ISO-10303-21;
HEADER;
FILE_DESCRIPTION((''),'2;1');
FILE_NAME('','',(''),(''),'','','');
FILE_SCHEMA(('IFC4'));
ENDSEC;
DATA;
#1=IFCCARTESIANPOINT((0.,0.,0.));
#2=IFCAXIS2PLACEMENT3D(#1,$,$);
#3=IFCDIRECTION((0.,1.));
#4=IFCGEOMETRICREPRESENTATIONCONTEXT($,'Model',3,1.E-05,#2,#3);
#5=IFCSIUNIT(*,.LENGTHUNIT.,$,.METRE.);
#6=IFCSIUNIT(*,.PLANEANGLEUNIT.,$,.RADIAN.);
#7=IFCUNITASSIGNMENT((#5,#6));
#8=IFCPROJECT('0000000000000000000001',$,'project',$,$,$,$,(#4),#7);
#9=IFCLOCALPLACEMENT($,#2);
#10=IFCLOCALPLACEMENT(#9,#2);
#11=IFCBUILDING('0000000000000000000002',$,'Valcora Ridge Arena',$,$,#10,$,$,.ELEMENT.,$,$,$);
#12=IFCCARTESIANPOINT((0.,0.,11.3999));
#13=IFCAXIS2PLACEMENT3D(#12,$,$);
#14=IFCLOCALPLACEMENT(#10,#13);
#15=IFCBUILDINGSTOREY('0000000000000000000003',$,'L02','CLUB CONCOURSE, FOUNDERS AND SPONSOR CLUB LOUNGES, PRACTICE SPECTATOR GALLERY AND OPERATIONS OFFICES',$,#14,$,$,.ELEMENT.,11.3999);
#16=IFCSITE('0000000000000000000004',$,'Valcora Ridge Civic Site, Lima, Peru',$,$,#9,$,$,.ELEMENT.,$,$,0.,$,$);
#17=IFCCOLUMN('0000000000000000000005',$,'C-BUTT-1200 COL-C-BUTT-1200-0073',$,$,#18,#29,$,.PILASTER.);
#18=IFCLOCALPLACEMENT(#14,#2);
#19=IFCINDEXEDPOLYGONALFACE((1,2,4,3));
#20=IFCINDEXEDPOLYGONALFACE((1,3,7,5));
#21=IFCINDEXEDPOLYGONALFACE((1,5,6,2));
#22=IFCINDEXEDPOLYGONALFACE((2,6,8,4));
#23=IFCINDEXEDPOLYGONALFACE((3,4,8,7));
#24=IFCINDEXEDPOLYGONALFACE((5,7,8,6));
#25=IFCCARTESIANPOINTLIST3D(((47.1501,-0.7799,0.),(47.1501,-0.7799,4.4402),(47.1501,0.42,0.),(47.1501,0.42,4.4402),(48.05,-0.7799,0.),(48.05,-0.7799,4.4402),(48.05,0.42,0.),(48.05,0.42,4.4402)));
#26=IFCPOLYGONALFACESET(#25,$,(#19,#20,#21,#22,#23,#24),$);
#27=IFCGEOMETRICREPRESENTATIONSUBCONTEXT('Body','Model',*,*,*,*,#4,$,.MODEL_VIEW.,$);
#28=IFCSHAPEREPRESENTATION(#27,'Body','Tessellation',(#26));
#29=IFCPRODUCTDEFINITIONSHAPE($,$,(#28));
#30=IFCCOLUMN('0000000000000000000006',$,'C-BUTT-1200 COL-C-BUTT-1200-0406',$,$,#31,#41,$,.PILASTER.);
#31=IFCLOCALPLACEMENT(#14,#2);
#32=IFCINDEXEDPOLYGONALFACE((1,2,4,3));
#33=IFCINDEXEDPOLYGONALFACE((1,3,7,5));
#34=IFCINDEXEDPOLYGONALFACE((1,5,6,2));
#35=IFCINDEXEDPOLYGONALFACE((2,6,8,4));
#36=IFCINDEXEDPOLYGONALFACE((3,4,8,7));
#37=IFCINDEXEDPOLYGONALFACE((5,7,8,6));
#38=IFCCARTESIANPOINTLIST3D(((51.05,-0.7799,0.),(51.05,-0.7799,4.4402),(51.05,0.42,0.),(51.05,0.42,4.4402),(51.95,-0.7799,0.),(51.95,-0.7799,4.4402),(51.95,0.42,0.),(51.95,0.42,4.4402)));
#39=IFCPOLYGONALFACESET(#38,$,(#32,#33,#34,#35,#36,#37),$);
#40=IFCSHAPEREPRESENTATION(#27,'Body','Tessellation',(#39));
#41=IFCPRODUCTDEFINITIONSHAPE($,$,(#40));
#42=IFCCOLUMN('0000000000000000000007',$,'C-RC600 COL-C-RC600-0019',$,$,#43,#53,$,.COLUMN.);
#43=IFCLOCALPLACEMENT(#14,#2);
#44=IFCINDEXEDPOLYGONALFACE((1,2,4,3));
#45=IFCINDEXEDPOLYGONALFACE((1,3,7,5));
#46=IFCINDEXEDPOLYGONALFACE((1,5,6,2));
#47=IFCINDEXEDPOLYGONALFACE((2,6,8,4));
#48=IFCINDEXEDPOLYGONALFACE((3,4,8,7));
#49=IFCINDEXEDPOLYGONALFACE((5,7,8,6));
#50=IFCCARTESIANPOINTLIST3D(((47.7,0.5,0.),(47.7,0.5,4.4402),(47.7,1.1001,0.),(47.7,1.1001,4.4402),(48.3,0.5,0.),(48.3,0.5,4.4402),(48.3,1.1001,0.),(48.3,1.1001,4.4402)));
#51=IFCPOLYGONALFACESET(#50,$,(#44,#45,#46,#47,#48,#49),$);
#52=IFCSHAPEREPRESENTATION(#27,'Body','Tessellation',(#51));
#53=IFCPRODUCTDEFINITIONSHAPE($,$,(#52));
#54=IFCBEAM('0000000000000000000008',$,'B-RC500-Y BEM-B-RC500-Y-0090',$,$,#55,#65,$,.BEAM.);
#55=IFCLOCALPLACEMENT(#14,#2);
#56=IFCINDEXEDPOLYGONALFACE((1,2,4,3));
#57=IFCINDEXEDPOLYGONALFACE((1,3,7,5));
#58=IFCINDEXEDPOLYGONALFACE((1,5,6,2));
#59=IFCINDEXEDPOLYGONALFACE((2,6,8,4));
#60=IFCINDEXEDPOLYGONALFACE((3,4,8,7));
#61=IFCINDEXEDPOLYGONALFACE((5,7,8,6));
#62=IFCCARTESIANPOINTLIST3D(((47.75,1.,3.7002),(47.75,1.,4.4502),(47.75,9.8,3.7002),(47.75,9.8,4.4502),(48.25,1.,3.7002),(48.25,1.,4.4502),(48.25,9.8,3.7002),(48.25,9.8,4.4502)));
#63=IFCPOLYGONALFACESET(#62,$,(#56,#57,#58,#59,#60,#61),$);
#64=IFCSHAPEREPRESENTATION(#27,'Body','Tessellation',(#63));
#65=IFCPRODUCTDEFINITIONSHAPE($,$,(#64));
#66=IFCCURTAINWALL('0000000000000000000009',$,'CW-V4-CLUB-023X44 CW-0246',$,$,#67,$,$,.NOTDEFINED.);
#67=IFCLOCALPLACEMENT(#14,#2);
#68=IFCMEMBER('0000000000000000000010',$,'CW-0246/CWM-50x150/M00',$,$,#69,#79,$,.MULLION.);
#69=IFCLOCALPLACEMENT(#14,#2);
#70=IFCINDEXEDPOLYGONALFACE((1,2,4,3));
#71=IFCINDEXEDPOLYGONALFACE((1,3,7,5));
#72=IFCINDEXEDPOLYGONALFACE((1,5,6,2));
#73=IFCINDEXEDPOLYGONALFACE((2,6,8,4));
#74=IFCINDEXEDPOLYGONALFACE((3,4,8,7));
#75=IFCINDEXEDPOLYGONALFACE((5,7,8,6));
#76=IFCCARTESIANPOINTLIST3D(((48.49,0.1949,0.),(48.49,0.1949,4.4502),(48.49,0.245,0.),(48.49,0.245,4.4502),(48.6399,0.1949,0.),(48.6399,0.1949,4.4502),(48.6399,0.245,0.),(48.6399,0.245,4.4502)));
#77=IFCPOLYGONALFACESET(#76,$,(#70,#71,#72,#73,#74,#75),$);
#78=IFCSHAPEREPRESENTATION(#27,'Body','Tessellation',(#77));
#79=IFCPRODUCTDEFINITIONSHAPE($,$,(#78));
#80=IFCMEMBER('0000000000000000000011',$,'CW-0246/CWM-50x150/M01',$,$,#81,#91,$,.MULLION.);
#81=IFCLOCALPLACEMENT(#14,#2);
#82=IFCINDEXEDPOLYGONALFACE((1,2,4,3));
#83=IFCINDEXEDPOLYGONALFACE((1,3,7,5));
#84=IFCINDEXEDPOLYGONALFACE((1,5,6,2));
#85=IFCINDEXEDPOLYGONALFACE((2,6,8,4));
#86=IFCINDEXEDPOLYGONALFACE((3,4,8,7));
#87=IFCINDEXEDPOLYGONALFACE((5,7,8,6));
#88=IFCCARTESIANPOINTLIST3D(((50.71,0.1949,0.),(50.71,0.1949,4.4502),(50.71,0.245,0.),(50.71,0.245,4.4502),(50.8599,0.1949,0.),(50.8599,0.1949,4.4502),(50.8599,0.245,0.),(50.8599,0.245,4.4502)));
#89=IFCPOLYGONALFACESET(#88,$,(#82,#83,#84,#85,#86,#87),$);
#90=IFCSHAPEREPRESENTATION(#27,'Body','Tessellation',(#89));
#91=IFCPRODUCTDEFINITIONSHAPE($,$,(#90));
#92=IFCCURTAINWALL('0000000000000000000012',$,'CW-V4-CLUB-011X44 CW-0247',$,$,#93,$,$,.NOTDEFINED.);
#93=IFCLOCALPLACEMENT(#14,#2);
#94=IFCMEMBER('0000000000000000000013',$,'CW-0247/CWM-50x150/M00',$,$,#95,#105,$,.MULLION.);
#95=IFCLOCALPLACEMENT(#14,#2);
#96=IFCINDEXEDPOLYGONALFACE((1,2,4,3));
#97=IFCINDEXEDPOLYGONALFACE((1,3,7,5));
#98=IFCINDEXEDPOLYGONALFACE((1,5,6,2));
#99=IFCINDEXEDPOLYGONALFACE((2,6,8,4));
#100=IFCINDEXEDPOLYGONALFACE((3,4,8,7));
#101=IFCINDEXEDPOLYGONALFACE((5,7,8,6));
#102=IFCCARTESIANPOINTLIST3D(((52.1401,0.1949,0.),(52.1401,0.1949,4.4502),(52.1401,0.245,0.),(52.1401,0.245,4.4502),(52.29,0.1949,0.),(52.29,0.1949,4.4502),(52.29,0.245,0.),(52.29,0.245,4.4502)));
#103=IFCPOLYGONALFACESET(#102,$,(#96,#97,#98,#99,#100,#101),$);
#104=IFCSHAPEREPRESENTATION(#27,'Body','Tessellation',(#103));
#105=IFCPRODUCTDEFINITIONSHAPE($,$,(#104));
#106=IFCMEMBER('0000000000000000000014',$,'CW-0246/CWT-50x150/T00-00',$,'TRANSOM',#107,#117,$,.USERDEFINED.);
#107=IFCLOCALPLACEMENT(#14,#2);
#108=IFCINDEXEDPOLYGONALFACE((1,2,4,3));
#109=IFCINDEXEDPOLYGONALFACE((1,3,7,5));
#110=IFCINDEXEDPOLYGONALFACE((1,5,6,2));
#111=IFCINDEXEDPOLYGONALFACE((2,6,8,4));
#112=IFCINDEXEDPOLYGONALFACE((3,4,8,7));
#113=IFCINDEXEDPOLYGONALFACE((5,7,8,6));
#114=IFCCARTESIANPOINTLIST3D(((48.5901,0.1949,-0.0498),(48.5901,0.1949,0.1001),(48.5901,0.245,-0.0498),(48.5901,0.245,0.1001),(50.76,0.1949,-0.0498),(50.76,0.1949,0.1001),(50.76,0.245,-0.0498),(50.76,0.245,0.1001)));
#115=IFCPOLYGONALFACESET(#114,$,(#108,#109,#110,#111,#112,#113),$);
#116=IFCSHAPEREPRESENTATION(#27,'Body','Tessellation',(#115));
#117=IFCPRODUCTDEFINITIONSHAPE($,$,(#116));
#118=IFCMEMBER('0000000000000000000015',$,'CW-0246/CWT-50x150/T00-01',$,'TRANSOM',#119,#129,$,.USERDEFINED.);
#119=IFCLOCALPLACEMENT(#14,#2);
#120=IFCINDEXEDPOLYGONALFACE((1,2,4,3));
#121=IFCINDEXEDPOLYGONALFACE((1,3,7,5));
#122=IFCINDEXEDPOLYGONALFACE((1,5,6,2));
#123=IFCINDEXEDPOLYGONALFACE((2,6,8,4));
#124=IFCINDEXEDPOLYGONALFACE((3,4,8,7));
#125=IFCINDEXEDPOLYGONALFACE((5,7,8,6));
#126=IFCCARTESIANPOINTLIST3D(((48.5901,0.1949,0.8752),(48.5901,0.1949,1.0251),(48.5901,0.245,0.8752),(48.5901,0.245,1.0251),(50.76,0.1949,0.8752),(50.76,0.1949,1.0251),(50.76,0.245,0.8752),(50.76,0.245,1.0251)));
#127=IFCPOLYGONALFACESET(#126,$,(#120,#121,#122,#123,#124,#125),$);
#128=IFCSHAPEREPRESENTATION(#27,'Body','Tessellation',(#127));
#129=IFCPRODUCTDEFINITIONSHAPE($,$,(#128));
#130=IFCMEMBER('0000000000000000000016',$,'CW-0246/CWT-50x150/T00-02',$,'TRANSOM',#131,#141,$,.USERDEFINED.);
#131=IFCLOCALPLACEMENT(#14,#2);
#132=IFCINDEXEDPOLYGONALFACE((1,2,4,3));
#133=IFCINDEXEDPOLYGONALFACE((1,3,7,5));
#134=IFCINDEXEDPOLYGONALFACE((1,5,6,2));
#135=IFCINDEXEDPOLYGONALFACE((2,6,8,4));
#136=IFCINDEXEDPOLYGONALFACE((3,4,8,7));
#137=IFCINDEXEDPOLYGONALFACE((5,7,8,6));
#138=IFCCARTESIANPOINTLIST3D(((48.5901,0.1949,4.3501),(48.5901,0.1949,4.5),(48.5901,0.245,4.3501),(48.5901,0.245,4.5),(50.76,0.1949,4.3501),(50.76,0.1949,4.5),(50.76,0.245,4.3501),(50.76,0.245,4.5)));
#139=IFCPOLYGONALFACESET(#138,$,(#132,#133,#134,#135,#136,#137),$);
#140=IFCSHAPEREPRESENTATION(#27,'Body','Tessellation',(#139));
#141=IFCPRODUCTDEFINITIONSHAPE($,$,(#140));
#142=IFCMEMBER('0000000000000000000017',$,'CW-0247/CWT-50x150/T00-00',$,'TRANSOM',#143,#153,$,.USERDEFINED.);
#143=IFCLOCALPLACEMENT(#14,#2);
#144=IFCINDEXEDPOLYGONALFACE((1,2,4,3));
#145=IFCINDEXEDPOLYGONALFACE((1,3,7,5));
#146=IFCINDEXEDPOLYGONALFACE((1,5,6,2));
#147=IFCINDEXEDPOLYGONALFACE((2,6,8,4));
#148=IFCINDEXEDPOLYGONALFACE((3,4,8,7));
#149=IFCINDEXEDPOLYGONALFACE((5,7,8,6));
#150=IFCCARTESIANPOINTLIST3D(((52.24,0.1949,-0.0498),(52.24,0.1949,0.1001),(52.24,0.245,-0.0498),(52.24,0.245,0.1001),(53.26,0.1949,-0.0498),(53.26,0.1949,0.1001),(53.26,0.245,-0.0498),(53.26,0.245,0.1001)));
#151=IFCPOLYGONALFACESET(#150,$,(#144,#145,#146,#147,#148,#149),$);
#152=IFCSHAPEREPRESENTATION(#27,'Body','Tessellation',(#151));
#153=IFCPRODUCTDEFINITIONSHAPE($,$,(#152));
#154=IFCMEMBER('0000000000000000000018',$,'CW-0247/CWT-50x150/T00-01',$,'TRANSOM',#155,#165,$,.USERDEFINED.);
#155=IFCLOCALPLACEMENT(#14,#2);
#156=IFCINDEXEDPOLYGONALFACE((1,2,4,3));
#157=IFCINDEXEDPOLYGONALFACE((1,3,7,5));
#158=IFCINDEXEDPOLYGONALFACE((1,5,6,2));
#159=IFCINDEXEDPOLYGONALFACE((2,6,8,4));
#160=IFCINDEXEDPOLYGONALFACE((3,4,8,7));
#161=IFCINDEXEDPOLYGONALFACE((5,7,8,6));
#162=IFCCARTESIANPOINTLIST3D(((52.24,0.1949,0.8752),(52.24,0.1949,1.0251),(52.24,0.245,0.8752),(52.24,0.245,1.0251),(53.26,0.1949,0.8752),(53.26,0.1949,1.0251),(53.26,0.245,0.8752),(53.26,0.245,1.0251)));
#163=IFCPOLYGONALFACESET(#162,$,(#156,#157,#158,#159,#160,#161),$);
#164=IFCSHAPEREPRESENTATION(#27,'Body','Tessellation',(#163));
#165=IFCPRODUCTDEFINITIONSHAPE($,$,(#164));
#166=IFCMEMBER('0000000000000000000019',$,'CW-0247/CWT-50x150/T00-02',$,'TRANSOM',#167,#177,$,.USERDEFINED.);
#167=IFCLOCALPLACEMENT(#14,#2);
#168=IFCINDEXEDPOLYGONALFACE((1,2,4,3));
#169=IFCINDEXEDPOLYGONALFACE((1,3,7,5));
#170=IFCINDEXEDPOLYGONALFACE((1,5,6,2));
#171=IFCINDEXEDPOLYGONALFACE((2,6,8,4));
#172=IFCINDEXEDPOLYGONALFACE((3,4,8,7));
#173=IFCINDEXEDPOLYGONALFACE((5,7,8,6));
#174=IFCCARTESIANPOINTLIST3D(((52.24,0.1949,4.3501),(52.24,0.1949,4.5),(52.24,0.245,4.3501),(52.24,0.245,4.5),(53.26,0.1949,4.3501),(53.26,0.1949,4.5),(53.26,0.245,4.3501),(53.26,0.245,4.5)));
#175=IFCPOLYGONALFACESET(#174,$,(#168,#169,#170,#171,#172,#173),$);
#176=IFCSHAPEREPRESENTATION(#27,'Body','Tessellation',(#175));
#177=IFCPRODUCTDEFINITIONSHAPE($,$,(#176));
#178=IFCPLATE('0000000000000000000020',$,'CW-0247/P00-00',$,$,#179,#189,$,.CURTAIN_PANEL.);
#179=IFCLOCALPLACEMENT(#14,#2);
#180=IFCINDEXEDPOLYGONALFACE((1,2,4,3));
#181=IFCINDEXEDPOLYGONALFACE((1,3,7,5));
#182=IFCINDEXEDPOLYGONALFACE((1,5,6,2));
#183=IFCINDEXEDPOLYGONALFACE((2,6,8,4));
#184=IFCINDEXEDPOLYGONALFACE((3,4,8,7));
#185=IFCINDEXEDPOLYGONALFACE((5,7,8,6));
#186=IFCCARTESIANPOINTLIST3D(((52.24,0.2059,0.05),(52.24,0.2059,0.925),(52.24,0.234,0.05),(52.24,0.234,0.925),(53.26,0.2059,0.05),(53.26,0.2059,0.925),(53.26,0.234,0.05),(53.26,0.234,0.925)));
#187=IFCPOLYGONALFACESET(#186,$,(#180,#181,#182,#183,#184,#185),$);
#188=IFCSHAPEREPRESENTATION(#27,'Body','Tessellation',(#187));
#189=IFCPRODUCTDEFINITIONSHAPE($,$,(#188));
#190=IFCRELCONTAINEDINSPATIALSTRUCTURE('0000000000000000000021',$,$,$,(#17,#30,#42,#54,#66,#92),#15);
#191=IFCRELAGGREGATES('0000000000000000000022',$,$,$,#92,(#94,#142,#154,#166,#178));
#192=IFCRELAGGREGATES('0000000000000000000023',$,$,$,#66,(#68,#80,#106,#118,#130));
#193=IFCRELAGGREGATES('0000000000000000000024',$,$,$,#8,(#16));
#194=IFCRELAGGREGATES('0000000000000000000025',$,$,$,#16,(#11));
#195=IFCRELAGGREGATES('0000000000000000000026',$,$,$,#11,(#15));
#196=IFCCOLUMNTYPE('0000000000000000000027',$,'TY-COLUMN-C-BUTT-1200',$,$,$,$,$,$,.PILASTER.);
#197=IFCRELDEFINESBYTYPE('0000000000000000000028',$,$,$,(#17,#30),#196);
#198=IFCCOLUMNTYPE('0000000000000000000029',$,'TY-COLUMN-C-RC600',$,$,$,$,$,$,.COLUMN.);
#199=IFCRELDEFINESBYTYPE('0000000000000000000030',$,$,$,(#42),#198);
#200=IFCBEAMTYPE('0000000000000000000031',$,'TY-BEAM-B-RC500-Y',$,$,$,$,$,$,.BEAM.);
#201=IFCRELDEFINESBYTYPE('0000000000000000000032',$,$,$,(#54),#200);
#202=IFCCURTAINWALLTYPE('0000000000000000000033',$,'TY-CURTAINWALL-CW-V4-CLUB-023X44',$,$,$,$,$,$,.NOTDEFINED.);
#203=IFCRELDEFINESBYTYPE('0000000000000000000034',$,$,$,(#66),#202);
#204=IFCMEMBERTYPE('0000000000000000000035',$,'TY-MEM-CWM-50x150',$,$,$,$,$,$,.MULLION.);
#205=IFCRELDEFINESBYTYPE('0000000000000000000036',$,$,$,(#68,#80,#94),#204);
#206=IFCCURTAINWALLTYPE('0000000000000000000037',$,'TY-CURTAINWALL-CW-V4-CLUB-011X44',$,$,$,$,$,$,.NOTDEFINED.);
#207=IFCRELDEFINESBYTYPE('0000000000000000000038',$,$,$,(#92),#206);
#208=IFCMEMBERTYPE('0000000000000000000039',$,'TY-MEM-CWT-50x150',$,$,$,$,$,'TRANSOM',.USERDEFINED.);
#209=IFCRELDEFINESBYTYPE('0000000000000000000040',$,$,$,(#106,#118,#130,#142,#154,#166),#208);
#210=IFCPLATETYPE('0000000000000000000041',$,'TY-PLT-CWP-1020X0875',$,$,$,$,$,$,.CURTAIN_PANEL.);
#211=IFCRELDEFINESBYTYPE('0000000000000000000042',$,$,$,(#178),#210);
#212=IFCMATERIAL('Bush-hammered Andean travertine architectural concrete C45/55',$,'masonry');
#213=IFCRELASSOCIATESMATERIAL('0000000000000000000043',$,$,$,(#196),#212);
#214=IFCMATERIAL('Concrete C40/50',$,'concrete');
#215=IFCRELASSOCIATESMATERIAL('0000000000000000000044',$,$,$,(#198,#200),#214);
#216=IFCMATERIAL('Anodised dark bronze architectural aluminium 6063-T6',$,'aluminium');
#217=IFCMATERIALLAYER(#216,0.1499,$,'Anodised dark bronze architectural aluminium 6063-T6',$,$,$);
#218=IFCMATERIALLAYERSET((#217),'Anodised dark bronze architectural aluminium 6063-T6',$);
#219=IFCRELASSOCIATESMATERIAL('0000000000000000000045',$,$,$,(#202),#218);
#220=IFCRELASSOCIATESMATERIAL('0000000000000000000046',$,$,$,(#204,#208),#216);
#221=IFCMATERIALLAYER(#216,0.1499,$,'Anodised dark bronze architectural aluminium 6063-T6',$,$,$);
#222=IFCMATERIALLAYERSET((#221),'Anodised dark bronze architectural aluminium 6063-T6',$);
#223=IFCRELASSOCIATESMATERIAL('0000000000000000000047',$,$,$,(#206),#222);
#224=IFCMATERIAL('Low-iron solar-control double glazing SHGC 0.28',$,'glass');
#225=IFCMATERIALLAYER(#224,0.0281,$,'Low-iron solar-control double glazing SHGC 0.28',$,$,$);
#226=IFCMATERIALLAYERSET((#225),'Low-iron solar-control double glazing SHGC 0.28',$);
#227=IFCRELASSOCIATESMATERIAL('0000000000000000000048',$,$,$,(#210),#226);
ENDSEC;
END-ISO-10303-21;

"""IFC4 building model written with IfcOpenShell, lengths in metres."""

from ifc_helpers import new_model, si_unit, direction, frame, origin, origin_2d, place, context, subcontext, project, spatial, rectangle, extrude, material, layer, layer_set, material_profile, profile_set, type_object, element, aggregate, save


model = new_model("IFC4")

# Units and contexts
model_context = context("Model", 3, precision=1e-05, world=origin(), true_north=direction((0.0, 1.0)))
body_context = subcontext(model_context, "Body", "Model", "MODEL_VIEW")
ifc_project = project(units=[si_unit("LENGTHUNIT", "METRE"), si_unit("PLANEANGLEUNIT", "RADIAN")], contexts=[model_context])

# Site, building, storey
site_placement = place(None, origin())
site = spatial("IfcSite", under=ifc_project, at=site_placement, Name="Valcora Ridge Civic Site, Lima, Peru", CompositionType="ELEMENT", RefElevation=0.0)
building_placement = place(site_placement, origin())
building = spatial("IfcBuilding", under=site, at=building_placement, Name="Valcora Ridge Arena", CompositionType="ELEMENT")
storey_placement = place(building_placement, frame((0.0, 0.0, 11.3999)))
storey = spatial("IfcBuildingStorey", under=building, at=storey_placement, Name="L02", Description="CLUB CONCOURSE, FOUNDERS AND SPONSOR CLUB LOUNGES, PRACTICE SPECTATOR GALLERY AND OPERATIONS OFFICES", CompositionType="ELEMENT", Elevation=11.3999)

# Columns
ifc_material_1 = material(Name="Bush-hammered Andean travertine architectural concrete C45/55", Category="masonry")
ifc_material_profile_1 = material_profile(ifc_material_1, rectangle(XDim=0.8999, YDim=1.2, at=origin_2d()), Name="RC 900x1200")
ifc_profile_set_1 = profile_set([ifc_material_profile_1], Name="Bush-hammered Andean travertine architectural concrete C45/55")
column_type_1 = type_object("IfcColumnType", Name="TY-COLUMN-C-BUTT-1200", PredefinedType="PILASTER", material=ifc_profile_set_1)
for number, where, z_axis, x_axis, name in (
    (1, (47.6001, -0.1799, 0.0), (0.0, 0.0, 1.0), (1.0, 0.0, 0.0), "C-BUTT-1200 COL-C-BUTT-1200-0073"),
    (2, (51.5, -0.1799, 0.0), (0.0, 0.0, 1.0), (1.0, 0.0, 0.0), "C-BUTT-1200 COL-C-BUTT-1200-0406"),
):
    element("IfcColumn", number, at=place(storey_placement, frame(where, z_axis=z_axis, x_axis=x_axis)), inside=storey, type_object=column_type_1, Name=name, PredefinedType="PILASTER", context=body_context, shape_type="SweptSolid", body=[
        extrude(rectangle(XDim=0.8999, YDim=1.2, at=origin_2d()), origin(), (0.0, 0.0, 1.0), 4.4402),
    ])
ifc_material_2 = material(Name="Concrete C40/50", Category="concrete")
ifc_material_profile_2 = material_profile(ifc_material_2, rectangle(XDim=0.6001, YDim=0.6001, at=origin_2d()), Name="RC 600x600")
ifc_profile_set_2 = profile_set([ifc_material_profile_2], Name="Concrete C40/50")
column_type_2 = type_object("IfcColumnType", Name="TY-COLUMN-C-RC600", PredefinedType="COLUMN", material=ifc_profile_set_2)
column_placement = place(storey_placement, frame((48.0, 0.8, 0.0), z_axis=(0.0, 0.0, 1.0), x_axis=(1.0, 0.0, 0.0)))
element("IfcColumn", 3, at=column_placement, inside=storey, type_object=column_type_2, Name="C-RC600 COL-C-RC600-0019", PredefinedType="COLUMN", context=body_context, shape_type="SweptSolid", body=[
    extrude(rectangle(XDim=0.6001, YDim=0.6001, at=origin_2d()), origin(), (0.0, 0.0, 1.0), 4.4402),
])

# Beam
ifc_material_profile_3 = material_profile(ifc_material_2, rectangle(XDim=0.5, YDim=0.75, at=origin_2d()), Name="RC 500x750")
ifc_profile_set_3 = profile_set([ifc_material_profile_3], Name="Concrete C40/50")
beam_type = type_object("IfcBeamType", Name="TY-BEAM-B-RC500-Y", PredefinedType="BEAM", material=ifc_profile_set_3)
beam_placement = place(storey_placement, frame((48.0, 1.0, 4.0752), z_axis=(0.0, 1.0, 0.0), x_axis=(-1.0, 0.0, 0.0)))
element("IfcBeam", 4, at=beam_placement, inside=storey, type_object=beam_type, Name="B-RC500-Y BEM-B-RC500-Y-0090", PredefinedType="BEAM", context=body_context, shape_type="SweptSolid", body=[
    extrude(rectangle(XDim=0.5, YDim=0.75, at=origin_2d()), origin(), (0.0, 0.0, 1.0), 8.8),
])

# Curtain wall, members
ifc_material_3 = material(Name="Anodised dark bronze architectural aluminium 6063-T6", Category="aluminium")
ifc_layer_1 = layer(ifc_material_3, 0.1499, Name="Anodised dark bronze architectural aluminium 6063-T6")
ifc_layer_set_1 = layer_set([ifc_layer_1], Name="Anodised dark bronze architectural aluminium 6063-T6")
curtain_wall_type_1 = type_object("IfcCurtainWallType", Name="TY-CURTAINWALL-CW-V4-CLUB-023X44", PredefinedType="NOTDEFINED", material=ifc_layer_set_1)
curtain_wall_1_placement = place(storey_placement, origin())
curtain_wall_1 = element("IfcCurtainWall", 5, at=curtain_wall_1_placement, inside=storey, type_object=curtain_wall_type_1, Name="CW-V4-CLUB-023X44 CW-0246", PredefinedType="NOTDEFINED")
ifc_material_profile_4 = material_profile(ifc_material_3, rectangle(XDim=0.05, YDim=0.1499, at=origin_2d()), Name="ALU MULLION 50x150")
ifc_profile_set_4 = profile_set([ifc_material_profile_4], Name="Anodised dark bronze architectural aluminium 6063-T6")
member_type_1 = type_object("IfcMemberType", Name="TY-MEM-CWM-50x150", PredefinedType="MULLION", material=ifc_profile_set_4)
member_1_placement = place(storey_placement, frame((48.5649, 0.22, 0.0), z_axis=(0.0, 0.0, 1.0), x_axis=(0.0, 1.0, 0.0)))
member_1 = element("IfcMember", 6, at=member_1_placement, type_object=member_type_1, Name="CW-0246/CWM-50x150/M00", PredefinedType="MULLION", context=body_context, shape_type="SweptSolid", body=[
    extrude(rectangle(XDim=0.05, YDim=0.1499, at=origin_2d()), origin(), (0.0, 0.0, 1.0), 4.4502),
])
member_2_placement = place(storey_placement, frame((50.7849, 0.22, 0.0), z_axis=(0.0, 0.0, 1.0), x_axis=(0.0, 1.0, 0.0)))
member_2 = element("IfcMember", 7, at=member_2_placement, type_object=member_type_1, Name="CW-0246/CWM-50x150/M01", PredefinedType="MULLION", context=body_context, shape_type="SweptSolid", body=[
    extrude(rectangle(XDim=0.05, YDim=0.1499, at=origin_2d()), origin(), (0.0, 0.0, 1.0), 4.4502),
])

# Curtain wall, member
ifc_layer_2 = layer(ifc_material_3, 0.1499, Name="Anodised dark bronze architectural aluminium 6063-T6")
ifc_layer_set_2 = layer_set([ifc_layer_2], Name="Anodised dark bronze architectural aluminium 6063-T6")
curtain_wall_type_2 = type_object("IfcCurtainWallType", Name="TY-CURTAINWALL-CW-V4-CLUB-011X44", PredefinedType="NOTDEFINED", material=ifc_layer_set_2)
curtain_wall_2_placement = place(storey_placement, origin())
curtain_wall_2 = element("IfcCurtainWall", 8, at=curtain_wall_2_placement, inside=storey, type_object=curtain_wall_type_2, Name="CW-V4-CLUB-011X44 CW-0247", PredefinedType="NOTDEFINED")
member_3_placement = place(storey_placement, frame((52.2151, 0.22, 0.0), z_axis=(0.0, 0.0, 1.0), x_axis=(0.0, 1.0, 0.0)))
member_3 = element("IfcMember", 9, at=member_3_placement, type_object=member_type_1, Name="CW-0247/CWM-50x150/M00", PredefinedType="MULLION", context=body_context, shape_type="SweptSolid", body=[
    extrude(rectangle(XDim=0.05, YDim=0.1499, at=origin_2d()), origin(), (0.0, 0.0, 1.0), 4.4502),
])

# Members
ifc_material_profile_5 = material_profile(ifc_material_3, rectangle(XDim=0.05, YDim=0.1499, at=origin_2d()), Name="ALU TRANSOM 50x150")
ifc_profile_set_5 = profile_set([ifc_material_profile_5], Name="Anodised dark bronze architectural aluminium 6063-T6")
member_type_2 = type_object("IfcMemberType", Name="TY-MEM-CWT-50x150", ElementType="TRANSOM", PredefinedType="USERDEFINED", material=ifc_profile_set_5)
member_4_placement = place(storey_placement, frame((48.5901, 0.22, 0.0251), z_axis=(1.0, 0.0, 0.0), x_axis=(0.0, 1.0, 0.0)))
member_4 = element("IfcMember", 10, at=member_4_placement, type_object=member_type_2, Name="CW-0246/CWT-50x150/T00-00", ObjectType="TRANSOM", PredefinedType="USERDEFINED", context=body_context, shape_type="SweptSolid", body=[
    extrude(rectangle(XDim=0.05, YDim=0.1499, at=origin_2d()), origin(), (0.0, 0.0, 1.0), 2.1699),
])
member_5_placement = place(storey_placement, frame((48.5901, 0.22, 0.9502), z_axis=(1.0, 0.0, 0.0), x_axis=(0.0, 1.0, 0.0)))
member_5 = element("IfcMember", 11, at=member_5_placement, type_object=member_type_2, Name="CW-0246/CWT-50x150/T00-01", ObjectType="TRANSOM", PredefinedType="USERDEFINED", context=body_context, shape_type="SweptSolid", body=[
    extrude(rectangle(XDim=0.05, YDim=0.1499, at=origin_2d()), origin(), (0.0, 0.0, 1.0), 2.1699),
])
member_6_placement = place(storey_placement, frame((48.5901, 0.22, 4.425), z_axis=(1.0, 0.0, 0.0), x_axis=(0.0, 1.0, 0.0)))
member_6 = element("IfcMember", 12, at=member_6_placement, type_object=member_type_2, Name="CW-0246/CWT-50x150/T00-02", ObjectType="TRANSOM", PredefinedType="USERDEFINED", context=body_context, shape_type="SweptSolid", body=[
    extrude(rectangle(XDim=0.05, YDim=0.1499, at=origin_2d()), origin(), (0.0, 0.0, 1.0), 2.1699),
])
member_7_placement = place(storey_placement, frame((52.24, 0.22, 0.0251), z_axis=(1.0, 0.0, 0.0), x_axis=(0.0, 1.0, 0.0)))
member_7 = element("IfcMember", 13, at=member_7_placement, type_object=member_type_2, Name="CW-0247/CWT-50x150/T00-00", ObjectType="TRANSOM", PredefinedType="USERDEFINED", context=body_context, shape_type="SweptSolid", body=[
    extrude(rectangle(XDim=0.05, YDim=0.1499, at=origin_2d()), origin(), (0.0, 0.0, 1.0), 1.02),
])
member_8_placement = place(storey_placement, frame((52.24, 0.22, 0.9502), z_axis=(1.0, 0.0, 0.0), x_axis=(0.0, 1.0, 0.0)))
member_8 = element("IfcMember", 14, at=member_8_placement, type_object=member_type_2, Name="CW-0247/CWT-50x150/T00-01", ObjectType="TRANSOM", PredefinedType="USERDEFINED", context=body_context, shape_type="SweptSolid", body=[
    extrude(rectangle(XDim=0.05, YDim=0.1499, at=origin_2d()), origin(), (0.0, 0.0, 1.0), 1.02),
])
member_9_placement = place(storey_placement, frame((52.24, 0.22, 4.425), z_axis=(1.0, 0.0, 0.0), x_axis=(0.0, 1.0, 0.0)))
member_9 = element("IfcMember", 15, at=member_9_placement, type_object=member_type_2, Name="CW-0247/CWT-50x150/T00-02", ObjectType="TRANSOM", PredefinedType="USERDEFINED", context=body_context, shape_type="SweptSolid", body=[
    extrude(rectangle(XDim=0.05, YDim=0.1499, at=origin_2d()), origin(), (0.0, 0.0, 1.0), 1.02),
])

# Plate
ifc_material_4 = material(Name="Low-iron solar-control double glazing SHGC 0.28", Category="glass")
ifc_layer_3 = layer(ifc_material_4, 0.0281, Name="Low-iron solar-control double glazing SHGC 0.28")
ifc_layer_set_3 = layer_set([ifc_layer_3], Name="Low-iron solar-control double glazing SHGC 0.28")
plate_type_1 = type_object("IfcPlateType", Name="TY-PLT-CWP-1020X0875", PredefinedType="CURTAIN_PANEL", material=ifc_layer_set_3)
plate_1_placement = place(storey_placement, frame((52.75, 0.22, 0.05), z_axis=(0.0, 0.0, 1.0), x_axis=(1.0, 0.0, 0.0)))
plate_1 = element("IfcPlate", 16, at=plate_1_placement, type_object=plate_type_1, Name="CW-0247/P00-00", PredefinedType="CURTAIN_PANEL", context=body_context, shape_type="SweptSolid", body=[
    extrude(rectangle(XDim=1.02, YDim=0.0281, at=origin_2d()), origin(), (0.0, 0.0, 1.0), 0.875),
])
aggregate(curtain_wall_2, [member_3, member_7, member_8, member_9, plate_1])
aggregate(curtain_wall_1, [member_1, member_2, member_4, member_5, member_6])

save(model, "model.ifc")
